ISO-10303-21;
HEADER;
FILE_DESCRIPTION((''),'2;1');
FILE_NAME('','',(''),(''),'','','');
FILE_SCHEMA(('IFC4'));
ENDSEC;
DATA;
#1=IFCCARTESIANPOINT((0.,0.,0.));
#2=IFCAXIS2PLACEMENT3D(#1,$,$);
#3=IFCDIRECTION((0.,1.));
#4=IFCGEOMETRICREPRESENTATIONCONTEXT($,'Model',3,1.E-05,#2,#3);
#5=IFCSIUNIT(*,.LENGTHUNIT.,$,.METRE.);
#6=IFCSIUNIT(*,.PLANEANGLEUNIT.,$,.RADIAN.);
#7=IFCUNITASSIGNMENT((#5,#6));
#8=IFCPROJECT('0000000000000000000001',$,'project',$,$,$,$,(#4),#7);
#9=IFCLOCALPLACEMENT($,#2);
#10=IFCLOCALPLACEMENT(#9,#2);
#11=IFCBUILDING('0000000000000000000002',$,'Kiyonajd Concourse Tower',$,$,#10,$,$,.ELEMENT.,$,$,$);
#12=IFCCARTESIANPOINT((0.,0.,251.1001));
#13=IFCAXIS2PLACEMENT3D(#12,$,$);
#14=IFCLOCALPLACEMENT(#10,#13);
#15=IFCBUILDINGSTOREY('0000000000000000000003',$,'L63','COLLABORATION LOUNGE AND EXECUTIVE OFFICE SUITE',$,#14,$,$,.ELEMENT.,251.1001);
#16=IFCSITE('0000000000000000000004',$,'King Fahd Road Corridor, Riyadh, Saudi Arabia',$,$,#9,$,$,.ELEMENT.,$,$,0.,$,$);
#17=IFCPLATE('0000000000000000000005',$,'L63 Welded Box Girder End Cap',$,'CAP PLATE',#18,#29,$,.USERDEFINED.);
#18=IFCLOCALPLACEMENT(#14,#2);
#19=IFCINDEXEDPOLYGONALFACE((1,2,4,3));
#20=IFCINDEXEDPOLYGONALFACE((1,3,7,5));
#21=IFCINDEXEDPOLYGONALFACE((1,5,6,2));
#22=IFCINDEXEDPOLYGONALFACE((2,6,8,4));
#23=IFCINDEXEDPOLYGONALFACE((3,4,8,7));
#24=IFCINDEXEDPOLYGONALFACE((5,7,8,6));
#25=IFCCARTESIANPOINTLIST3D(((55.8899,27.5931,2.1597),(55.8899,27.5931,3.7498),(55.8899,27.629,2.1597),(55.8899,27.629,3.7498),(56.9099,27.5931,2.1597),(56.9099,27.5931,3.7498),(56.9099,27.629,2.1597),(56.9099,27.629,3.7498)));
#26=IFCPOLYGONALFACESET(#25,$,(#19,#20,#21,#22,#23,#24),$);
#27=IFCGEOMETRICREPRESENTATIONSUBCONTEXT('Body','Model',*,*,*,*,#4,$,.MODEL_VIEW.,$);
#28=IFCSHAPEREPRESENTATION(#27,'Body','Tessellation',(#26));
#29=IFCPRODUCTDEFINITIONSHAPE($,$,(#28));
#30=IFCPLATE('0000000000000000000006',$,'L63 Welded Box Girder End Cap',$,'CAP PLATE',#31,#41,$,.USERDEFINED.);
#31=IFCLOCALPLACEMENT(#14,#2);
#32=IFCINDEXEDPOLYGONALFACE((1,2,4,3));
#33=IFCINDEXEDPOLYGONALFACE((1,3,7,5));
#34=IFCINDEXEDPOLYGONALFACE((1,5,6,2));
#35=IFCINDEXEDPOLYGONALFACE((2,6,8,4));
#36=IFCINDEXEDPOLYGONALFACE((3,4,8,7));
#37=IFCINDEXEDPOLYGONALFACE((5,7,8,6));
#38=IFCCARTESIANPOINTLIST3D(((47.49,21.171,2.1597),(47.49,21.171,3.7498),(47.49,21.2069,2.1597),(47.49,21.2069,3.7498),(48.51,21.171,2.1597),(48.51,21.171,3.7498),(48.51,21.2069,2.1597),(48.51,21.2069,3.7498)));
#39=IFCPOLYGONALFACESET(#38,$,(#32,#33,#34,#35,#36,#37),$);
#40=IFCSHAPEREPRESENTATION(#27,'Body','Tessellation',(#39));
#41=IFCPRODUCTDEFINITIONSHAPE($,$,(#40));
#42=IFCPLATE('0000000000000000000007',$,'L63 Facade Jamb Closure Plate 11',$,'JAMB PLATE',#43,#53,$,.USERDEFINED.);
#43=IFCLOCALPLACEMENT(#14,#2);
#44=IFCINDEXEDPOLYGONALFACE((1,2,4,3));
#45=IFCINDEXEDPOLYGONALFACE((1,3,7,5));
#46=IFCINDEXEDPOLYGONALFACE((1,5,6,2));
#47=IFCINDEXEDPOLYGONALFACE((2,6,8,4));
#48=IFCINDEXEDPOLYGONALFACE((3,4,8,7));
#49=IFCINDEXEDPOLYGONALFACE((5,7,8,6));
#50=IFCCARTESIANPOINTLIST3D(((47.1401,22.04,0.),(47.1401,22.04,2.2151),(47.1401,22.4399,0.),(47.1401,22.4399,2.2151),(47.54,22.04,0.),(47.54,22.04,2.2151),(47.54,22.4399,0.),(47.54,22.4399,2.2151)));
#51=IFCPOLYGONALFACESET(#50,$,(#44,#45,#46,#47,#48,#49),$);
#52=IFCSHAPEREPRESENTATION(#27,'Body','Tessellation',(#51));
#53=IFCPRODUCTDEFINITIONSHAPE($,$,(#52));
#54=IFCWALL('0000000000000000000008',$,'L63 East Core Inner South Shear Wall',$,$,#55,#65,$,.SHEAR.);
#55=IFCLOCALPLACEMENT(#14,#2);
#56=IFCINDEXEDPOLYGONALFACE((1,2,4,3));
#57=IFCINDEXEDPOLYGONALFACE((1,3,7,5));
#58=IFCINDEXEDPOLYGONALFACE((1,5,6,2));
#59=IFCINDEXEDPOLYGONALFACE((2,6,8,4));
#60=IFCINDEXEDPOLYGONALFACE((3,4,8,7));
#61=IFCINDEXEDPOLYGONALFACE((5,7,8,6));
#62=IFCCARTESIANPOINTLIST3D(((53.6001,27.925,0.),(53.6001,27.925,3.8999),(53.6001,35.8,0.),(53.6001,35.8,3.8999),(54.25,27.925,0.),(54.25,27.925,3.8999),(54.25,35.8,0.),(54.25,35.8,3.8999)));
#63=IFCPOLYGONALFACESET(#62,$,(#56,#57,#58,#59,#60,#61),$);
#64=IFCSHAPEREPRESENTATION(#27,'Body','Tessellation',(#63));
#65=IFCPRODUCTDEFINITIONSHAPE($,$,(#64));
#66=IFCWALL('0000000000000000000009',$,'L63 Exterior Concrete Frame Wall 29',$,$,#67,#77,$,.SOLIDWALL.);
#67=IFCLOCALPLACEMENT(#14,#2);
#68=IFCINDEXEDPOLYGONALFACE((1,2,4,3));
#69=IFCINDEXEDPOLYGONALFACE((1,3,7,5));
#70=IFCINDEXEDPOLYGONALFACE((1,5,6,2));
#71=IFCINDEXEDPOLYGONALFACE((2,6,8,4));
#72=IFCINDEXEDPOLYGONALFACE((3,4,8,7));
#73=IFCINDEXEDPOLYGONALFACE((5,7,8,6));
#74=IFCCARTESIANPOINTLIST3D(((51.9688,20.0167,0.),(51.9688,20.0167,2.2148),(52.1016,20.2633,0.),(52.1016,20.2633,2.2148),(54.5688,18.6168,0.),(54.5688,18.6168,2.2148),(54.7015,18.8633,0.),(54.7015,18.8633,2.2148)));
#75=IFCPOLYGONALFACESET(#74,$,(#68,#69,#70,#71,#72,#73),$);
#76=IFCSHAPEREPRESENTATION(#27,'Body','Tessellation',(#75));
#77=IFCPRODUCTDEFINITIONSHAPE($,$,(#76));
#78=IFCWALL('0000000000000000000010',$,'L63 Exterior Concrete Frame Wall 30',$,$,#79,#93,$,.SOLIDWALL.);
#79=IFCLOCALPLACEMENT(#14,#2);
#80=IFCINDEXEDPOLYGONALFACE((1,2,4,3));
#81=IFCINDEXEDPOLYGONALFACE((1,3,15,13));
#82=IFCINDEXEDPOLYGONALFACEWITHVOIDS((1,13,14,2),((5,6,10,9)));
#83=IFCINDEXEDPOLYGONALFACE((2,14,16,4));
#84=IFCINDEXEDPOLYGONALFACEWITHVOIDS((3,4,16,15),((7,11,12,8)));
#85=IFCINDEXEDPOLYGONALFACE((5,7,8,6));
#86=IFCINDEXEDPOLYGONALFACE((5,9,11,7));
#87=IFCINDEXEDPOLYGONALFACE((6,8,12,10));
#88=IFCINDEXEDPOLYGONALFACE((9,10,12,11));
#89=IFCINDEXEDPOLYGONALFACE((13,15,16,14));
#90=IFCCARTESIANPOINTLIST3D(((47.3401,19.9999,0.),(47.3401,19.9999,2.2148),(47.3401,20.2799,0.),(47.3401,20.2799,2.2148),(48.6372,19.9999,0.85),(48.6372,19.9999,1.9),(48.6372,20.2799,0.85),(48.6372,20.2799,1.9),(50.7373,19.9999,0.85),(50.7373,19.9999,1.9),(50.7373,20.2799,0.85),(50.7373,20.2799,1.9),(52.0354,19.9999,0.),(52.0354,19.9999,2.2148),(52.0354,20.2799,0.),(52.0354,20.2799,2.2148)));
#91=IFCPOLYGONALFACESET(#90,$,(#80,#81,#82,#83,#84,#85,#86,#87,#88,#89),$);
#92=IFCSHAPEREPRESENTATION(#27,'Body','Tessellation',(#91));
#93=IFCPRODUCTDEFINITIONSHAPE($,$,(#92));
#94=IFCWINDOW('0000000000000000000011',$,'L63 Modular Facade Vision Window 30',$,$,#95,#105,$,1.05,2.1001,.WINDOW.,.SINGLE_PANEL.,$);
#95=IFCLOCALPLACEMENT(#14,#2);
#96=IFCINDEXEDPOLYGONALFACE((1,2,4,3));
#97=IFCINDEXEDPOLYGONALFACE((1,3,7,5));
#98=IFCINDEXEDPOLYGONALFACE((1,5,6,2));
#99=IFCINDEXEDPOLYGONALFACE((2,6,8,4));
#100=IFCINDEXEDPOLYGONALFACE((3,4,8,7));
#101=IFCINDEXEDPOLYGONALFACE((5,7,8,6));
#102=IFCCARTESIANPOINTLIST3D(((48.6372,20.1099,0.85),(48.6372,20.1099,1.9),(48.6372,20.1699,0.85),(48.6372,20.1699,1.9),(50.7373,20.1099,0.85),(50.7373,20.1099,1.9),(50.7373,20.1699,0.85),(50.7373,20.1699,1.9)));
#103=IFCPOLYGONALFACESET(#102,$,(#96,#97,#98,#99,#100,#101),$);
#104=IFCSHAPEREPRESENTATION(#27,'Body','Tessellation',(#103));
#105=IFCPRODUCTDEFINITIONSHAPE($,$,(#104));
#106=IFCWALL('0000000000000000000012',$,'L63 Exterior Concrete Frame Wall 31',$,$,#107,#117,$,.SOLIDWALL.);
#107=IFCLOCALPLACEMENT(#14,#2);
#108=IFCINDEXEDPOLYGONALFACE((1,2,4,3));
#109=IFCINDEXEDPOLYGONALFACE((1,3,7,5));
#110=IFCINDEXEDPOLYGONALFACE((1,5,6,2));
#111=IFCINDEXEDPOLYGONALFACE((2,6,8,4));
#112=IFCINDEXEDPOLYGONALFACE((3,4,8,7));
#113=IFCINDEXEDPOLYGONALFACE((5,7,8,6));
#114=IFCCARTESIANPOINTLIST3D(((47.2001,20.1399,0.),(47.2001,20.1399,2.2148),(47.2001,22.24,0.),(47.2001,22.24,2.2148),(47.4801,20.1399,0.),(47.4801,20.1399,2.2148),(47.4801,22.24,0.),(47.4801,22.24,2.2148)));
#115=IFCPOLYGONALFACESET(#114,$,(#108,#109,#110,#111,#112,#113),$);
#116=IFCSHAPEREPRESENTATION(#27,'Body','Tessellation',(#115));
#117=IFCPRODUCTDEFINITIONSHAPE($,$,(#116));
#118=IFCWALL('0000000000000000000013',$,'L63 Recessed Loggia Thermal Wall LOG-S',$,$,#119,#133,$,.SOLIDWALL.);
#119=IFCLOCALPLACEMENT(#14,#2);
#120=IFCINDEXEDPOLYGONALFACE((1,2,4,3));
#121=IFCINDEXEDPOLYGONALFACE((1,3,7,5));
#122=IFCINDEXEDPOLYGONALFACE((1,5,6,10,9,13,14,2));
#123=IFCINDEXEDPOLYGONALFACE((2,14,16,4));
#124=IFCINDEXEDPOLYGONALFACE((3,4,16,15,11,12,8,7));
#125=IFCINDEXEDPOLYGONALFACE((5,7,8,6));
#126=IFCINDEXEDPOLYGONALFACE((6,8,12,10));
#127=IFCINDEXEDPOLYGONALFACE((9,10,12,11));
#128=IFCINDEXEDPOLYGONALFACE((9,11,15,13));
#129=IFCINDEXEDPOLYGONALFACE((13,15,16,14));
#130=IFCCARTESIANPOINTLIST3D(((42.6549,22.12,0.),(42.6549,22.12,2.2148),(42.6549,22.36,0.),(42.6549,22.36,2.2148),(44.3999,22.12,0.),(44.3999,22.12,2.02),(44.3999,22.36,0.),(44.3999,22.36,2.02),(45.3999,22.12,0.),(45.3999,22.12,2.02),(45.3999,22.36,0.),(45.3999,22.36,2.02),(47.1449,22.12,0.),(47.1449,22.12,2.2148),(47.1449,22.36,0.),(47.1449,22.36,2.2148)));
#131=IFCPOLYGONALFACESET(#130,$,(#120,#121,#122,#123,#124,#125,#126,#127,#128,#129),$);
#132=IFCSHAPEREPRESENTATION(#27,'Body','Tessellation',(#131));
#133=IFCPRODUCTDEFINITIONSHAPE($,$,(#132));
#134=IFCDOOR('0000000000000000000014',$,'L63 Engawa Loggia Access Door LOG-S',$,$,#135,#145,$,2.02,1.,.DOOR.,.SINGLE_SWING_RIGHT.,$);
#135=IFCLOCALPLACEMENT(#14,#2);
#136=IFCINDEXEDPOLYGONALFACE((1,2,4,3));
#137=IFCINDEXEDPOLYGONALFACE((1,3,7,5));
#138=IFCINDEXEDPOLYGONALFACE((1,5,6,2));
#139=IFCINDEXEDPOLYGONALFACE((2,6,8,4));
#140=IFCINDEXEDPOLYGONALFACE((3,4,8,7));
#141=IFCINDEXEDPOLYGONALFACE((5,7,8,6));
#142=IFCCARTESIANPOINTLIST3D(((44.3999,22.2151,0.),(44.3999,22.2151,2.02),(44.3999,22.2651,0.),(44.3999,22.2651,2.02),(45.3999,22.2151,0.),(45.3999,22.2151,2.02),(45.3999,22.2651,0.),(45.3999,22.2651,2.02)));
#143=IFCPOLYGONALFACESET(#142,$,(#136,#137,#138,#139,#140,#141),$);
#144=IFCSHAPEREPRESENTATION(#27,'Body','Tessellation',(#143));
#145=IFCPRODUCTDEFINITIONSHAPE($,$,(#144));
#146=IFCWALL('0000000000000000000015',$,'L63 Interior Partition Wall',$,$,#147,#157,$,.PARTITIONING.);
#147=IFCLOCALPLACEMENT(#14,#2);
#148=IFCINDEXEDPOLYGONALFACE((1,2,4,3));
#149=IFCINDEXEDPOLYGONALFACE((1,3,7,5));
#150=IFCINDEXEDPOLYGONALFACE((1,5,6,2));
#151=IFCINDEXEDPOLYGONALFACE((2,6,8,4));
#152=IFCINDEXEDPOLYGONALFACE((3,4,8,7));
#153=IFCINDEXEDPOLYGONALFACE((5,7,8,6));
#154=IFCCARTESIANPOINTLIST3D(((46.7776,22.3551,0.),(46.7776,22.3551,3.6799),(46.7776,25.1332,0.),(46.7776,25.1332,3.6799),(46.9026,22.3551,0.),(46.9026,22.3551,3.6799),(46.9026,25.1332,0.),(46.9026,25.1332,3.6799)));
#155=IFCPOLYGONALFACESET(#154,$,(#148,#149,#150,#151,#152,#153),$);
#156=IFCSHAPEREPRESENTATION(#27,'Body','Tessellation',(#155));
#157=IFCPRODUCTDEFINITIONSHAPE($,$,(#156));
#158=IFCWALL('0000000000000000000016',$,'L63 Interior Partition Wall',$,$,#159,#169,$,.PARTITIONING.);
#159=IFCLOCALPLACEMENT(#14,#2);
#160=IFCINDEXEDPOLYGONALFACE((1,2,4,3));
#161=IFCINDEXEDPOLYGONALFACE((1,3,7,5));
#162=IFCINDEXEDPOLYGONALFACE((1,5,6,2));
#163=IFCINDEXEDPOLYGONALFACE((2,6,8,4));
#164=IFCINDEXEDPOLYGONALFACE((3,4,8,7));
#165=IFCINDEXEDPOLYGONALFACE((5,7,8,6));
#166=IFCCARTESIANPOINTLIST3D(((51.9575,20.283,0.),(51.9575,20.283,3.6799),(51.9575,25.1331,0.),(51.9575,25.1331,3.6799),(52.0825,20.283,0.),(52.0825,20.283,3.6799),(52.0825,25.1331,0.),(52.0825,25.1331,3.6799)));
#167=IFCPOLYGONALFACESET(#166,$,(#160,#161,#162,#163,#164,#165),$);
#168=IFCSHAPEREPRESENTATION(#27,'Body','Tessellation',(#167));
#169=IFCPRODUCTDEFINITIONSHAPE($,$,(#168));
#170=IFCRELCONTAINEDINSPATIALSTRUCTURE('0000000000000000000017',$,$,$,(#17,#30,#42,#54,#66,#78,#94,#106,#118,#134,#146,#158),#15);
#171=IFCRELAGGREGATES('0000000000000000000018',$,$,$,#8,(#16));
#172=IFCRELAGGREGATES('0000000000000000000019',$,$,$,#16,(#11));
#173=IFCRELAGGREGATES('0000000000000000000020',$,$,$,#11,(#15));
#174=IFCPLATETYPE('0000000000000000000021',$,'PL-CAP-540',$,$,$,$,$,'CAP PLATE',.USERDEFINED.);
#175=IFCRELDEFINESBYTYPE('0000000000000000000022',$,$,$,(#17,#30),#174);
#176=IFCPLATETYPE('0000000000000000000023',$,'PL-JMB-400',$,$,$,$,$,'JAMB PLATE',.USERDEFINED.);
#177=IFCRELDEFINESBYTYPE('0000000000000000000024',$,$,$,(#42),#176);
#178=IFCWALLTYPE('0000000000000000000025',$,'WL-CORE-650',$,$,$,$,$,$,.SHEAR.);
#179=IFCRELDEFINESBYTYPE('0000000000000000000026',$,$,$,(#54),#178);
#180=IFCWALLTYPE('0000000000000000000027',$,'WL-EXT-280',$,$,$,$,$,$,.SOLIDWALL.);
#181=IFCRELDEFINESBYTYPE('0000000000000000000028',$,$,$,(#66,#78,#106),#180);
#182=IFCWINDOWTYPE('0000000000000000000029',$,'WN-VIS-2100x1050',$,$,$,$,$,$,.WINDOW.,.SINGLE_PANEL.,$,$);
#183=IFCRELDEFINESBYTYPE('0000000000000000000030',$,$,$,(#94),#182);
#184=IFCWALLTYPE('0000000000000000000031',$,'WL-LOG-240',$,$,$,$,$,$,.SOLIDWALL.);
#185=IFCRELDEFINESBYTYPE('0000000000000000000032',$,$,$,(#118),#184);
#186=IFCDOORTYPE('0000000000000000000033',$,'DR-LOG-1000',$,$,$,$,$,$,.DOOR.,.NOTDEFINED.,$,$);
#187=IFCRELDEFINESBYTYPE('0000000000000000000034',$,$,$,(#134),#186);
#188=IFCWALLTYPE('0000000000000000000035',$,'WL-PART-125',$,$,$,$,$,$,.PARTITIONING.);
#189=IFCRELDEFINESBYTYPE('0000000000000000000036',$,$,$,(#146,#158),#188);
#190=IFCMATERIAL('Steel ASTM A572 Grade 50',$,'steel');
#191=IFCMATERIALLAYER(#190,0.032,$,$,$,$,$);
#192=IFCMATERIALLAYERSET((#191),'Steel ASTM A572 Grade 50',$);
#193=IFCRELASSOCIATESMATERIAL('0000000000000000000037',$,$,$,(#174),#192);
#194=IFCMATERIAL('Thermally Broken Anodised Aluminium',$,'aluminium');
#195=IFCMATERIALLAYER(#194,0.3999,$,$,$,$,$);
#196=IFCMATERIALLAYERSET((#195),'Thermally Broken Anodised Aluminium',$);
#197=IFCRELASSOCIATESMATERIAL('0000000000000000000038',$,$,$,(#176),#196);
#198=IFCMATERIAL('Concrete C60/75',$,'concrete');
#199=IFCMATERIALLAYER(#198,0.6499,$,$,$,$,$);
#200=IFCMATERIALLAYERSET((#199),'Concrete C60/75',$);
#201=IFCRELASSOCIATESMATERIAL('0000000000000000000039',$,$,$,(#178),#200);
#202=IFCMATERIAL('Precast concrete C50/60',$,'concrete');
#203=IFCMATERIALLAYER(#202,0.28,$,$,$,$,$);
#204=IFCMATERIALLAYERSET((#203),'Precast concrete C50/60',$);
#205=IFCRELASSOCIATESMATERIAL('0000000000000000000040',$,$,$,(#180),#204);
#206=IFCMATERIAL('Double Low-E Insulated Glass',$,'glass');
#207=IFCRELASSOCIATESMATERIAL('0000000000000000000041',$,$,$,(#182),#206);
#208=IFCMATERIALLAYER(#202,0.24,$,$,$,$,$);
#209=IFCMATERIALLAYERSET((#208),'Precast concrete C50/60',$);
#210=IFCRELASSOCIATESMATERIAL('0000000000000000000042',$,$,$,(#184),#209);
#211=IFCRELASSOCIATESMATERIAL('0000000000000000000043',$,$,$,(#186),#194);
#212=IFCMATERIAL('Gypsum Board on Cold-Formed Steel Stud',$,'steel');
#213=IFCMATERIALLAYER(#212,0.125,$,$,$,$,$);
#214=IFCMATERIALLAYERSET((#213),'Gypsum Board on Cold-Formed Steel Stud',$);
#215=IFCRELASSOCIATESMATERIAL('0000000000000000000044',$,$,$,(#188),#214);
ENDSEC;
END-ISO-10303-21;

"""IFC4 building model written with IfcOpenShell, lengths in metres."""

from ifc_helpers import new_model, si_unit, direction, frame, frame_2d, origin, origin_2d, place, context, subcontext, project, spatial, rectangle, extrude, material, layer, layer_set, type_object, element, fill, save


model = new_model("IFC4")

# Units and contexts
model_context = context("Model", 3, precision=1e-05, world=origin(), true_north=direction((0.0, 1.0)))
body_context = subcontext(model_context, "Body", "Model", "MODEL_VIEW")
ifc_project = project(units=[si_unit("LENGTHUNIT", "METRE"), si_unit("PLANEANGLEUNIT", "RADIAN")], contexts=[model_context])

# Site, building, storey
site_placement = place(None, origin())
site = spatial("IfcSite", under=ifc_project, at=site_placement, Name="King Fahd Road Corridor, Riyadh, Saudi Arabia", CompositionType="ELEMENT", RefElevation=0.0)
building_placement = place(site_placement, origin())
building = spatial("IfcBuilding", under=site, at=building_placement, Name="Kiyonajd Concourse Tower", CompositionType="ELEMENT")
storey_placement = place(building_placement, frame((0.0, 0.0, 251.1001)))
storey = spatial("IfcBuildingStorey", under=building, at=storey_placement, Name="L63", Description="COLLABORATION LOUNGE AND EXECUTIVE OFFICE SUITE", CompositionType="ELEMENT", Elevation=251.1001)

# Shared definitions
ifc_material_1 = material(Name="Concrete C60/75", Category="concrete")

# Shared definitions
ifc_material_2 = material(Name="Steel ASTM A572 Grade 50", Category="steel")

# Plates
ifc_layer_1 = layer(ifc_material_2, 0.032)
ifc_layer_set_1 = layer_set([ifc_layer_1], Name="Steel ASTM A572 Grade 50")
plate_type_1 = type_object("IfcPlateType", Name="PL-CAP-540", ElementType="CAP PLATE", PredefinedType="USERDEFINED", material=ifc_layer_set_1)
for number, where, z_axis, x_axis, name in (
    (1, (56.3999, 27.6111, 2.1597), (0.0, 0.0, 1.0), (0.0, 1.0, 0.0), "L63 Welded Box Girder End Cap"),
    (2, (48.0, 21.189, 2.1597), (0.0, 0.0, 1.0), (0.0, -1.0, 0.0), "L63 Welded Box Girder End Cap"),
):
    element("IfcPlate", number, at=place(storey_placement, frame(where, z_axis=z_axis, x_axis=x_axis)), inside=storey, type_object=plate_type_1, Name=name, ObjectType="CAP PLATE", PredefinedType="USERDEFINED", context=body_context, shape_type="SweptSolid", body=[
        extrude(rectangle(XDim=0.0359, YDim=1.02, at=origin_2d()), origin(), (0.0, 0.0, 1.0), 1.5901),
    ])
ifc_material_3 = material(Name="Thermally Broken Anodised Aluminium", Category="aluminium")
ifc_layer_2 = layer(ifc_material_3, 0.3999)
ifc_layer_set_2 = layer_set([ifc_layer_2], Name="Thermally Broken Anodised Aluminium")
plate_type_2 = type_object("IfcPlateType", Name="PL-JMB-400", ElementType="JAMB PLATE", PredefinedType="USERDEFINED", material=ifc_layer_set_2)
plate_placement = place(storey_placement, frame((47.3401, 22.24, 0.0), z_axis=(0.0, 0.0, 1.0), x_axis=(1.0, 0.0, 0.0)))
element("IfcPlate", 3, at=plate_placement, inside=storey, type_object=plate_type_2, Name="L63 Facade Jamb Closure Plate 11", ObjectType="JAMB PLATE", PredefinedType="USERDEFINED", context=body_context, shape_type="SweptSolid", body=[
    extrude(rectangle(XDim=0.3999, YDim=0.3999, at=origin_2d()), origin(), (0.0, 0.0, 1.0), 2.2151),
])

# Walls
ifc_layer_3 = layer(ifc_material_1, 0.6499)
ifc_layer_set_3 = layer_set([ifc_layer_3], Name="Concrete C60/75")
wall_type_1 = type_object("IfcWallType", Name="WL-CORE-650", PredefinedType="SHEAR", material=ifc_layer_set_3)
wall_1_placement = place(storey_placement, frame((53.925, 27.925, 0.0), z_axis=(0.0, 0.0, 1.0), x_axis=(0.0, 1.0, 0.0)))
element("IfcWall", 4, at=wall_1_placement, inside=storey, type_object=wall_type_1, Name="L63 East Core Inner South Shear Wall", PredefinedType="SHEAR", context=body_context, shape_type="SweptSolid", body=[
    extrude(rectangle(XDim=7.875, YDim=0.6499, at=frame_2d((3.9375, 0.0))), origin(), (0.0, 0.0, 1.0), 3.8999),
])
ifc_material_4 = material(Name="Precast concrete C50/60", Category="concrete")
ifc_layer_4 = layer(ifc_material_4, 0.28)
ifc_layer_set_4 = layer_set([ifc_layer_4], Name="Precast concrete C50/60")
wall_type_2 = type_object("IfcWallType", Name="WL-EXT-280", PredefinedType="SOLIDWALL", material=ifc_layer_set_4)
wall_2_placement = place(storey_placement, frame((54.6353, 18.74, 0.0), z_axis=(0.0, 0.0, 1.0), x_axis=(-0.880474, 0.474095, 0.0)))
element("IfcWall", 5, at=wall_2_placement, inside=storey, type_object=wall_type_2, Name="L63 Exterior Concrete Frame Wall 29", PredefinedType="SOLIDWALL", context=body_context, shape_type="SweptSolid", body=[
    extrude(rectangle(XDim=2.9529, YDim=0.28, at=frame_2d((1.4766, 0.0))), origin(), (0.0, 0.0, 1.0), 2.2148),
])

# Wall, opening, window
wall_3_placement = place(storey_placement, frame((52.0354, 20.1399, 0.0), z_axis=(0.0, 0.0, 1.0), x_axis=(-1.0, 0.0, 0.0)))
wall_3 = element("IfcWall", 6, at=wall_3_placement, inside=storey, type_object=wall_type_2, Name="L63 Exterior Concrete Frame Wall 30", PredefinedType="SOLIDWALL", context=body_context, shape_type="SweptSolid", body=[
    extrude(rectangle(XDim=4.6953, YDim=0.28, at=frame_2d((2.3477, 0.0))), origin(), (0.0, 0.0, 1.0), 2.2148),
])
opening_1_placement = place(wall_3_placement, frame((1.2981, 0.0, 0.8501)))
opening_1 = element("IfcOpeningElement", 7, at=opening_1_placement, cuts=wall_3, PredefinedType="OPENING", context=body_context, shape_type="SweptSolid", body=[
    extrude(rectangle(XDim=2.1001, YDim=1.05, at=frame_2d((1.05, 0.5249))), frame((0.0, 0.1499, 0.0), z_axis=(0.0, -1.0, 0.0), x_axis=(1.0, 0.0, 0.0)), (0.0, 0.0, 1.0), 0.3),
])
ifc_material_5 = material(Name="Double Low-E Insulated Glass", Category="glass")
window_type = type_object("IfcWindowType", Name="WN-VIS-2100x1050", PartitioningType="SINGLE_PANEL", PredefinedType="WINDOW", material=ifc_material_5)
window_placement = place(opening_1_placement, origin())
window = element("IfcWindow", 8, at=window_placement, inside=storey, type_object=window_type, Name="L63 Modular Facade Vision Window 30", OverallHeight=1.05, OverallWidth=2.1001, PartitioningType="SINGLE_PANEL", PredefinedType="WINDOW", context=body_context, shape_type="SweptSolid", body=[
    extrude(rectangle(XDim=2.1001, YDim=1.05, at=frame_2d((1.05, 0.5249))), frame((0.0, 0.03, 0.0), z_axis=(0.0, -1.0, 0.0), x_axis=(1.0, 0.0, 0.0)), (0.0, 0.0, 1.0), 0.0601),
])
fill(opening_1, window)

# Wall
wall_4_placement = place(storey_placement, frame((47.3401, 20.1399, 0.0), z_axis=(0.0, 0.0, 1.0), x_axis=(0.0, 1.0, 0.0)))
element("IfcWall", 9, at=wall_4_placement, inside=storey, type_object=wall_type_2, Name="L63 Exterior Concrete Frame Wall 31", PredefinedType="SOLIDWALL", context=body_context, shape_type="SweptSolid", body=[
    extrude(rectangle(XDim=2.1001, YDim=0.28, at=frame_2d((1.05, 0.0))), origin(), (0.0, 0.0, 1.0), 2.2148),
])

# Wall, opening, door
ifc_layer_5 = layer(ifc_material_4, 0.24)
ifc_layer_set_5 = layer_set([ifc_layer_5], Name="Precast concrete C50/60")
wall_type_3 = type_object("IfcWallType", Name="WL-LOG-240", PredefinedType="SOLIDWALL", material=ifc_layer_set_5)
wall_5_placement = place(storey_placement, frame((47.145, 22.24, 0.0), z_axis=(0.0, 0.0, 1.0), x_axis=(-1.0, 0.0, 0.0)))
wall_5 = element("IfcWall", 10, at=wall_5_placement, inside=storey, type_object=wall_type_3, Name="L63 Recessed Loggia Thermal Wall LOG-S", PredefinedType="SOLIDWALL", context=body_context, shape_type="SweptSolid", body=[
    extrude(rectangle(XDim=4.49, YDim=0.24, at=frame_2d((2.2451, 0.0))), origin(), (0.0, 0.0, 1.0), 2.2148),
])
opening_2_placement = place(wall_5_placement, frame((1.7451, 0.0, 0.0)))
opening_2 = element("IfcOpeningElement", 11, at=opening_2_placement, cuts=wall_5, PredefinedType="OPENING", context=body_context, shape_type="SweptSolid", body=[
    extrude(rectangle(XDim=1.0, YDim=2.02, at=frame_2d((0.5, 1.01))), frame((0.0, 0.1299, 0.0), z_axis=(0.0, -1.0, 0.0), x_axis=(1.0, 0.0, 0.0)), (0.0, 0.0, 1.0), 0.26),
])
door_type = type_object("IfcDoorType", Name="DR-LOG-1000", OperationType="NOTDEFINED", PredefinedType="DOOR", material=ifc_material_3)
door_placement = place(opening_2_placement, origin())
door = element("IfcDoor", 12, at=door_placement, inside=storey, type_object=door_type, Name="L63 Engawa Loggia Access Door LOG-S", OperationType="SINGLE_SWING_RIGHT", OverallHeight=2.02, OverallWidth=1.0, PredefinedType="DOOR", context=body_context, shape_type="SweptSolid", body=[
    extrude(rectangle(XDim=1.0, YDim=2.02, at=frame_2d((0.5, 1.01))), frame((0.0, 0.0249, 0.0), z_axis=(0.0, -1.0, 0.0), x_axis=(1.0, 0.0, 0.0)), (0.0, 0.0, 1.0), 0.05),
])
fill(opening_2, door)

# Walls
ifc_material_6 = material(Name="Gypsum Board on Cold-Formed Steel Stud", Category="steel")
ifc_layer_6 = layer(ifc_material_6, 0.125)
ifc_layer_set_6 = layer_set([ifc_layer_6], Name="Gypsum Board on Cold-Formed Steel Stud")
wall_type_4 = type_object("IfcWallType", Name="WL-PART-125", PredefinedType="PARTITIONING", material=ifc_layer_set_6)
wall_6_placement = place(storey_placement, frame((46.8401, 22.355, 0.0), z_axis=(0.0, 0.0, 1.0), x_axis=(0.0, 1.0, 0.0)))
element("IfcWall", 13, at=wall_6_placement, inside=storey, type_object=wall_type_4, Name="L63 Interior Partition Wall", PredefinedType="PARTITIONING", context=body_context, shape_type="SweptSolid", body=[
    extrude(rectangle(XDim=2.7781, YDim=0.125, at=frame_2d((1.3892, 0.0))), origin(), (0.0, 0.0, 1.0), 3.6799),
])
wall_7_placement = place(storey_placement, frame((52.02, 20.283, 0.0), z_axis=(0.0, 0.0, 1.0), x_axis=(0.0, 1.0, 0.0)))
element("IfcWall", 14, at=wall_7_placement, inside=storey, type_object=wall_type_4, Name="L63 Interior Partition Wall", PredefinedType="PARTITIONING", context=body_context, shape_type="SweptSolid", body=[
    extrude(rectangle(XDim=4.8501, YDim=0.125, at=frame_2d((2.425, 0.0))), origin(), (0.0, 0.0, 1.0), 3.6799),
])

save(model, "model.ifc")
